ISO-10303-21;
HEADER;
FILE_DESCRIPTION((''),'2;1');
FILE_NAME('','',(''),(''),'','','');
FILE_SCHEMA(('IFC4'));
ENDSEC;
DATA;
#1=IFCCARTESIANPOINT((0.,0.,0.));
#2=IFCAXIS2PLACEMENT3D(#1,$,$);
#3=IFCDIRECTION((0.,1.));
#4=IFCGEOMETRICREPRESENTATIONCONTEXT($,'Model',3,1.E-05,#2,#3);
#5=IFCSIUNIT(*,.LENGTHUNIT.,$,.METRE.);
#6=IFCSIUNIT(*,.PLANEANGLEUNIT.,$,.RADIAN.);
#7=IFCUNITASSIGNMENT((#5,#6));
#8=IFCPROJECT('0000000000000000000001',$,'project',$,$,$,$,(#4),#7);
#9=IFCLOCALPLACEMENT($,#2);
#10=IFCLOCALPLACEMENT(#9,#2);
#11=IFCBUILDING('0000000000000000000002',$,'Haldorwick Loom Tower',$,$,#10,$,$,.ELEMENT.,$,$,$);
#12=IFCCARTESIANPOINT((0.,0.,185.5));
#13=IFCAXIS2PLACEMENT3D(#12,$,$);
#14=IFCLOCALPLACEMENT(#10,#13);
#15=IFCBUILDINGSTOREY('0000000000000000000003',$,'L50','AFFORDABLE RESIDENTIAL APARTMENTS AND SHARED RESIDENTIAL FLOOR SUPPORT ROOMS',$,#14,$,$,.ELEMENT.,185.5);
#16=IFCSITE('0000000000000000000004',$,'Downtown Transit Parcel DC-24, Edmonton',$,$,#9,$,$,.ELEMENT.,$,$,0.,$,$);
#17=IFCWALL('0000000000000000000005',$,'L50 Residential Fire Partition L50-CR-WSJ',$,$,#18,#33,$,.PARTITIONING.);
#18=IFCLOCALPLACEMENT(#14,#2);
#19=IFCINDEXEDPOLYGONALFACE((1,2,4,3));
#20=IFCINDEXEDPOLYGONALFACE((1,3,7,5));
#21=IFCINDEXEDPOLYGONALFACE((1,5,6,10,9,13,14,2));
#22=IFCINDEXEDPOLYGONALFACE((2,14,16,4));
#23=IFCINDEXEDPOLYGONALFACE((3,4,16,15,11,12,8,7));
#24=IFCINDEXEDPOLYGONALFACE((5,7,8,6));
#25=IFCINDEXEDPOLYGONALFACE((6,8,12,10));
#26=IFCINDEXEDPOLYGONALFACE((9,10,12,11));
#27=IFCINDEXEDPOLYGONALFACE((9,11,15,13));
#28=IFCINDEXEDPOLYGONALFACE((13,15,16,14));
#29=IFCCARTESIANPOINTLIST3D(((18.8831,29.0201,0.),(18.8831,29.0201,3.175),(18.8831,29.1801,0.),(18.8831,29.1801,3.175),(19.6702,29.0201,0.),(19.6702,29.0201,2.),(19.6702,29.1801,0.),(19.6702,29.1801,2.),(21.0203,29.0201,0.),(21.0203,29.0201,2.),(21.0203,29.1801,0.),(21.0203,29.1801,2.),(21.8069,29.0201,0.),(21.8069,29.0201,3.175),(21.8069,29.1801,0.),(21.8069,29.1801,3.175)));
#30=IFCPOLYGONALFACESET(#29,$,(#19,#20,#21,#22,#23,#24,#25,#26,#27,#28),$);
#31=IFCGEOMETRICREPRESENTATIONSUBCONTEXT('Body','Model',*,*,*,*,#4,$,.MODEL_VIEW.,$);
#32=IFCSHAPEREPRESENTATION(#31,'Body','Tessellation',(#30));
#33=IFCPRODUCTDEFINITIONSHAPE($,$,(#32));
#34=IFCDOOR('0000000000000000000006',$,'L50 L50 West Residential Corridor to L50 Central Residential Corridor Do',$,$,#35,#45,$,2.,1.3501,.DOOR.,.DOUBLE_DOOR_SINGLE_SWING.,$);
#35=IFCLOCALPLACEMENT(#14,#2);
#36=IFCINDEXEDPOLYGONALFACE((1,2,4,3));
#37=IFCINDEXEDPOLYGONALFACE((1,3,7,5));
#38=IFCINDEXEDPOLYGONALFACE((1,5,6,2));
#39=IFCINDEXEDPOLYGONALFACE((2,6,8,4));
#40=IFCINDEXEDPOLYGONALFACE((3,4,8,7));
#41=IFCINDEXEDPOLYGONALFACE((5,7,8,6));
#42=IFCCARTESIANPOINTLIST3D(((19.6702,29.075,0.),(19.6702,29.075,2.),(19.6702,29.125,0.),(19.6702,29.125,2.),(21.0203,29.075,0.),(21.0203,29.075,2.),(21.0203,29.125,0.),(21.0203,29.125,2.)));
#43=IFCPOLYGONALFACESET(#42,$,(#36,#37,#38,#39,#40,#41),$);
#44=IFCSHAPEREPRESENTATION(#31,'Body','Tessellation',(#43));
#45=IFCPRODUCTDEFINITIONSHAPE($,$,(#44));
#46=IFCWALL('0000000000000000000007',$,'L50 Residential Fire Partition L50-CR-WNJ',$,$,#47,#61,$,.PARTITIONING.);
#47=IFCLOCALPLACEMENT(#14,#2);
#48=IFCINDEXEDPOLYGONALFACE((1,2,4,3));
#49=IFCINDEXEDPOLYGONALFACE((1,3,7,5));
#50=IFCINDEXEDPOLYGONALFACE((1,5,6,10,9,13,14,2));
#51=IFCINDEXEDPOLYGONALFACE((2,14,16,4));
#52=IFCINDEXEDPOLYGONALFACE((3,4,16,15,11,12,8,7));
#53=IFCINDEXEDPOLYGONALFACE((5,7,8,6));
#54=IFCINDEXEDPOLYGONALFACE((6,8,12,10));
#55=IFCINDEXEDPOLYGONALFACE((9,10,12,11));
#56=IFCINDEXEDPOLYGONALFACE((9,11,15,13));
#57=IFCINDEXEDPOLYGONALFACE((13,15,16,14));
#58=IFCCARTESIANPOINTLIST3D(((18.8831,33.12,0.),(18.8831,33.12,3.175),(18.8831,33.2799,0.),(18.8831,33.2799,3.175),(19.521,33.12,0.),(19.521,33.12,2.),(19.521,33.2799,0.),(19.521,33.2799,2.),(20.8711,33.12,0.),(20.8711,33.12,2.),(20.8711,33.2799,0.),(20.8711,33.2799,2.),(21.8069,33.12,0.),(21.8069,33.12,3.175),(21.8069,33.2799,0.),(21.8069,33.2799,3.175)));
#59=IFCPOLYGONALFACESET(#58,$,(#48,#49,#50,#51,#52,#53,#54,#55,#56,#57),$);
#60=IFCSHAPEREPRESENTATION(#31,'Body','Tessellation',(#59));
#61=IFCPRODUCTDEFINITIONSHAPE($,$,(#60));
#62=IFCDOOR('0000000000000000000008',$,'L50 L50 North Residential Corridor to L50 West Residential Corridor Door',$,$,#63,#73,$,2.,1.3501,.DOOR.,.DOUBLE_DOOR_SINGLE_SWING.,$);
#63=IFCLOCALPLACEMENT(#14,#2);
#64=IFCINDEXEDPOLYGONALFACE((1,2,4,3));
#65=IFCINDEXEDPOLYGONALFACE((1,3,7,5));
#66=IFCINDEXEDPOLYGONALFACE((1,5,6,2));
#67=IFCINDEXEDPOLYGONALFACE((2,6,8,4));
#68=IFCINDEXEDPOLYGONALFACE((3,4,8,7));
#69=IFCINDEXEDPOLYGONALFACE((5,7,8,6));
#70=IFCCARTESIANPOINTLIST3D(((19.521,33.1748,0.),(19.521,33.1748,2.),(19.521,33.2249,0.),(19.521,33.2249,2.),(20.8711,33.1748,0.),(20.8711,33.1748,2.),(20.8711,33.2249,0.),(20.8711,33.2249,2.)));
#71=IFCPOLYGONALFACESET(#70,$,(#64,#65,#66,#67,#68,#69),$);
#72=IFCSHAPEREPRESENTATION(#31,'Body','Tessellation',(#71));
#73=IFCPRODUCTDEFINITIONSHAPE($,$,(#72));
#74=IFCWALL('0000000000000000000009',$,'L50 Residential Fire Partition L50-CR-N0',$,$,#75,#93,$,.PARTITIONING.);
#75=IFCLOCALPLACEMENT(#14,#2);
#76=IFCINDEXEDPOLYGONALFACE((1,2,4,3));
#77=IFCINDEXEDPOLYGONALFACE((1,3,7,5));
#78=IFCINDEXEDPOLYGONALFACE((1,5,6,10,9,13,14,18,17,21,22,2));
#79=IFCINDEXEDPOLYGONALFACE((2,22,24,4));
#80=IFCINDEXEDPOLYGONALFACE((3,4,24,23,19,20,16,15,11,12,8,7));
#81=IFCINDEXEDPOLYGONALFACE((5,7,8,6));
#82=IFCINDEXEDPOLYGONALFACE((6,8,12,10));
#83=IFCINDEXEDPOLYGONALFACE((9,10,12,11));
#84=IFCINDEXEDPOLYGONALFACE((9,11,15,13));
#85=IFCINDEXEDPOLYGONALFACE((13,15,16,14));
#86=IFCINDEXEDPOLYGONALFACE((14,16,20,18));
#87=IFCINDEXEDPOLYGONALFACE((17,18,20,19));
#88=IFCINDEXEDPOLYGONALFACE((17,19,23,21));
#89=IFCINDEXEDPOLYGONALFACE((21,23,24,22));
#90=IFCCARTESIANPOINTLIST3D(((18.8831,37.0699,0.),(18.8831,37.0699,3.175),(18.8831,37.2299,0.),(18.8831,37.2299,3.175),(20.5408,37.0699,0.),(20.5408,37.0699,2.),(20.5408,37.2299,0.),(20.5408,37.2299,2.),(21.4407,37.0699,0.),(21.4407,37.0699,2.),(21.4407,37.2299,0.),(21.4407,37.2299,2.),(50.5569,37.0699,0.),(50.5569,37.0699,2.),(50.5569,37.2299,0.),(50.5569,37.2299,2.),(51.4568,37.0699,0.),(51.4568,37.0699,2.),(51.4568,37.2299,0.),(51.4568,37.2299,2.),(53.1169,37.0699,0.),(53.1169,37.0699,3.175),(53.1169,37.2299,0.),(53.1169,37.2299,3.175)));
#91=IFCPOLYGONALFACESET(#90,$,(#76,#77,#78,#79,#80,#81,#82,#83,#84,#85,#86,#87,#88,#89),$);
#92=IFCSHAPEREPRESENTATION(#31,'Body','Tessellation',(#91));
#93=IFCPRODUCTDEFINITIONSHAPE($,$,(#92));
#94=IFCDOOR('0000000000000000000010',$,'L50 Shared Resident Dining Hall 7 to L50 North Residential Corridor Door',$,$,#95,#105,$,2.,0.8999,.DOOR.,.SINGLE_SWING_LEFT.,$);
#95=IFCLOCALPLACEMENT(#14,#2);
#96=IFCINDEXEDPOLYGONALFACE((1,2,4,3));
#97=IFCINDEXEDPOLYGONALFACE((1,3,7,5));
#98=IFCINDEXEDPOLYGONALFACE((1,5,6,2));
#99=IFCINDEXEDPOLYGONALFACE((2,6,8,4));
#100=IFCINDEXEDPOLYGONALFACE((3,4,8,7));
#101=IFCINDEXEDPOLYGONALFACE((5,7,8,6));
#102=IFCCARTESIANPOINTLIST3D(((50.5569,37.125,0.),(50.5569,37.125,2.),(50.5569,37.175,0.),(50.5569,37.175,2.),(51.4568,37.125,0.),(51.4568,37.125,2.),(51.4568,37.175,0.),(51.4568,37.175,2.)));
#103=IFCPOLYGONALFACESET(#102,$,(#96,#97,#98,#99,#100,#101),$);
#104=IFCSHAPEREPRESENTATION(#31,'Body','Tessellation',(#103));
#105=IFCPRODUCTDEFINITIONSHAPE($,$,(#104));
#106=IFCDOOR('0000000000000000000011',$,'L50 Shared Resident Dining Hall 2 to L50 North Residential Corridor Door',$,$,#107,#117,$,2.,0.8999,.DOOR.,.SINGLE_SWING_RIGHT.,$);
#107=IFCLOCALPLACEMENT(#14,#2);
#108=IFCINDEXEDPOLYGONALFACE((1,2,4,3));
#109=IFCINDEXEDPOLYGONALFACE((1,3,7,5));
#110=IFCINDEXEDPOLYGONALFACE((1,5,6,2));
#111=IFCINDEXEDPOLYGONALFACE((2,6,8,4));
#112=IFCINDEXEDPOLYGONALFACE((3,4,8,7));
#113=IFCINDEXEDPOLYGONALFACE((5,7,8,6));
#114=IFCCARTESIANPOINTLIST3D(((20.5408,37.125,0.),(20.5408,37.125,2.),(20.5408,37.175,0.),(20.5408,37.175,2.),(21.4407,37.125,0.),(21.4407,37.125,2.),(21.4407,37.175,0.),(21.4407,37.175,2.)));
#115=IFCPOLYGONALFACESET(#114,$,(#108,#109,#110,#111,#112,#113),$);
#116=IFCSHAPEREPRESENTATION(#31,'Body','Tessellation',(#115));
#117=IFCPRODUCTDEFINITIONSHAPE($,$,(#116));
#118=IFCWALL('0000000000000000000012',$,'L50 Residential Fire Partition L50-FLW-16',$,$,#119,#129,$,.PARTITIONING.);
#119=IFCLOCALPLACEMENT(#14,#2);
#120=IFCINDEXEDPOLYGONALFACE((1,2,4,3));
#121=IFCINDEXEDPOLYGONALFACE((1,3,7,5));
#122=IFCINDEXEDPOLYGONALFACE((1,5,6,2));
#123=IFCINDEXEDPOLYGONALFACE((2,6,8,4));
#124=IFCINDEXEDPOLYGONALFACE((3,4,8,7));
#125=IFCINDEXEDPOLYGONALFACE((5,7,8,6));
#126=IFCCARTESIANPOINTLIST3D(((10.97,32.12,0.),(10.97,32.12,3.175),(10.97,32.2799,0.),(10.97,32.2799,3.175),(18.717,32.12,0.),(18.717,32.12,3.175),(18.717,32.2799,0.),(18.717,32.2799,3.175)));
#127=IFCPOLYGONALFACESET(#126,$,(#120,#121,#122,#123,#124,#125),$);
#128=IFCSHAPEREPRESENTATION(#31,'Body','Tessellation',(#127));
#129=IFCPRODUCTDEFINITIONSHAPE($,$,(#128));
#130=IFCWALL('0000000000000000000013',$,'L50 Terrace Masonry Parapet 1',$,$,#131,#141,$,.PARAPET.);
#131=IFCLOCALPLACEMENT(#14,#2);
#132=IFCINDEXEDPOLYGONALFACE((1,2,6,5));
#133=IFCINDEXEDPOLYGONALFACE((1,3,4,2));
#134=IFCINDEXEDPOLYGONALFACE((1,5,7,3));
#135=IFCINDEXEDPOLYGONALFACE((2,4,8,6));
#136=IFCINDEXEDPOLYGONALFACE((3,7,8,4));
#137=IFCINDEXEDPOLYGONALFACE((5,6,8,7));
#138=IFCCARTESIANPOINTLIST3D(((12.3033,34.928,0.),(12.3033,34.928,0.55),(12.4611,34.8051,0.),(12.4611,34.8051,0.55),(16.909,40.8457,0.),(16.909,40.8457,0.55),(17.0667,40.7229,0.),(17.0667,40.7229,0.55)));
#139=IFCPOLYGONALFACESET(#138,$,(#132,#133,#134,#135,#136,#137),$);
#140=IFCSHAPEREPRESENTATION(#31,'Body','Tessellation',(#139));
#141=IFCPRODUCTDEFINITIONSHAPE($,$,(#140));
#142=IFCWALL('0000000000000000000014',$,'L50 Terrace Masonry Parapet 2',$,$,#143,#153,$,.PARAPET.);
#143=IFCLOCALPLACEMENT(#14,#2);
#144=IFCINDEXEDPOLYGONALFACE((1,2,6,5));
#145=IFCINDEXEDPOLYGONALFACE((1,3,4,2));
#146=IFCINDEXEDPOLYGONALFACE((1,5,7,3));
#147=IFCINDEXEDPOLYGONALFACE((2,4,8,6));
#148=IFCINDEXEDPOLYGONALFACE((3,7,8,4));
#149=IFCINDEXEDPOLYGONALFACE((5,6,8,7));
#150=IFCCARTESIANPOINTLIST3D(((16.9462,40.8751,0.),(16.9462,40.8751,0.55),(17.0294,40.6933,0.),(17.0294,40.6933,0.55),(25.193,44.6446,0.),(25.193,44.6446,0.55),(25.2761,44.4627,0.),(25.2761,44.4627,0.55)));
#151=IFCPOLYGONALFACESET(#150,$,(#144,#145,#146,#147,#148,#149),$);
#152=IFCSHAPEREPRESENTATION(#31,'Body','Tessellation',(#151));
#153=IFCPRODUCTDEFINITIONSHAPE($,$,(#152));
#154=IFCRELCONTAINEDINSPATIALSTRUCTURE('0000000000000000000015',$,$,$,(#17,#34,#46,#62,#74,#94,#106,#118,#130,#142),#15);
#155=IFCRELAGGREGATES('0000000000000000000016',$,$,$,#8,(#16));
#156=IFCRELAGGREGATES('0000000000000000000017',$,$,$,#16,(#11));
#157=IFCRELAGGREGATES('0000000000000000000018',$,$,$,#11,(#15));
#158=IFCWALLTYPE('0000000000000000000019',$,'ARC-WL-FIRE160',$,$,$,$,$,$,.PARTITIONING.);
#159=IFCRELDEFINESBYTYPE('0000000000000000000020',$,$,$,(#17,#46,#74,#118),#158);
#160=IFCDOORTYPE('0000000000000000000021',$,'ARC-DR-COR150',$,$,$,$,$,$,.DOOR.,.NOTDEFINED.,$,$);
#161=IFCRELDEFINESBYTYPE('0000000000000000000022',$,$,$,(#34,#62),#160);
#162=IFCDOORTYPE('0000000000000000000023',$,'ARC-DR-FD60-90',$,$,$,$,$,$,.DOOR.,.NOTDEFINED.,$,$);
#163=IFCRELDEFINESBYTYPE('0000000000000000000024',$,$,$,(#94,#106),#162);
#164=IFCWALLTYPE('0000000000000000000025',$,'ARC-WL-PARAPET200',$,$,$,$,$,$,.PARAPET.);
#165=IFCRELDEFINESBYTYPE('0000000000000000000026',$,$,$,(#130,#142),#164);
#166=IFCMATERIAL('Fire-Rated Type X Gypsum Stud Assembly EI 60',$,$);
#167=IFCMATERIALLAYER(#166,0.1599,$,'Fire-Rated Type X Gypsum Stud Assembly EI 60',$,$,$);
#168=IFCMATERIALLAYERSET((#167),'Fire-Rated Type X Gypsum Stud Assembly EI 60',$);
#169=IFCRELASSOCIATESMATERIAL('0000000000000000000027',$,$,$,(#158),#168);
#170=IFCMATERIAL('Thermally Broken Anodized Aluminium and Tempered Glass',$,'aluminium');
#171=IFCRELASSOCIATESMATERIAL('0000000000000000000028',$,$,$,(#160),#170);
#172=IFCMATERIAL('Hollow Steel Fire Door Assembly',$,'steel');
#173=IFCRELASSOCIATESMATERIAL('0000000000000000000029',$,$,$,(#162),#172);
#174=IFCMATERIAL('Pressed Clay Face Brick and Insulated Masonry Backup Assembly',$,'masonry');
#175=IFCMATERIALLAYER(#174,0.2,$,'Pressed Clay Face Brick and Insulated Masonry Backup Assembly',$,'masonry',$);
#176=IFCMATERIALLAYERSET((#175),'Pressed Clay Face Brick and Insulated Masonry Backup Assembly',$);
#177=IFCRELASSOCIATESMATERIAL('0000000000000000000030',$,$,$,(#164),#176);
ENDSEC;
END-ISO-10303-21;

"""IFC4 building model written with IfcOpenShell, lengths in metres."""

from ifc_helpers import new_model, si_unit, direction, frame, frame_2d, origin, place, context, subcontext, project, spatial, rectangle, extrude, material, layer, layer_set, type_object, element, fill, save


model = new_model("IFC4")

# Units and contexts
model_context = context("Model", 3, precision=1e-05, world=origin(), true_north=direction((0.0, 1.0)))
body_context = subcontext(model_context, "Body", "Model", "MODEL_VIEW")
ifc_project = project(units=[si_unit("LENGTHUNIT", "METRE"), si_unit("PLANEANGLEUNIT", "RADIAN")], contexts=[model_context])

# Site, building, storey
site_placement = place(None, origin())
site = spatial("IfcSite", under=ifc_project, at=site_placement, Name="Downtown Transit Parcel DC-24, Edmonton", CompositionType="ELEMENT", RefElevation=0.0)
building_placement = place(site_placement, origin())
building = spatial("IfcBuilding", under=site, at=building_placement, Name="Haldorwick Loom Tower", CompositionType="ELEMENT")
storey_placement = place(building_placement, frame((0.0, 0.0, 185.5)))
storey = spatial("IfcBuildingStorey", under=building, at=storey_placement, Name="L50", Description="AFFORDABLE RESIDENTIAL APARTMENTS AND SHARED RESIDENTIAL FLOOR SUPPORT ROOMS", CompositionType="ELEMENT", Elevation=185.5)

# Shared definitions
ifc_material_1 = material(Name="Pressed Clay Face Brick and Insulated Masonry Backup Assembly", Category="masonry")

# Walls, openings, doors
ifc_material_2 = material(Name="Fire-Rated Type X Gypsum Stud Assembly EI 60")
ifc_layer_1 = layer(ifc_material_2, 0.1599, Name="Fire-Rated Type X Gypsum Stud Assembly EI 60")
ifc_layer_set_1 = layer_set([ifc_layer_1], Name="Fire-Rated Type X Gypsum Stud Assembly EI 60")
wall_type_1 = type_object("IfcWallType", Name="ARC-WL-FIRE160", PredefinedType="PARTITIONING", material=ifc_layer_set_1)
wall_1_placement = place(storey_placement, frame((18.8831, 29.1001, 0.0), z_axis=(0.0, 0.0, 1.0), x_axis=(1.0, 0.0, 0.0)))
wall_1 = element("IfcWall", 1, at=wall_1_placement, inside=storey, type_object=wall_type_1, Name="L50 Residential Fire Partition L50-CR-WSJ", PredefinedType="PARTITIONING", context=body_context, shape_type="SweptSolid", body=[
    extrude(rectangle(XDim=2.9238, YDim=0.1599, at=frame_2d((1.4619, 0.0))), origin(), (0.0, 0.0, 1.0), 3.175),
])
opening_1_placement = place(wall_1_placement, frame((0.7871, 0.0, 0.0)))
opening_1 = element("IfcOpeningElement", 2, at=opening_1_placement, cuts=wall_1, PredefinedType="OPENING", context=body_context, shape_type="SweptSolid", body=[
    extrude(rectangle(XDim=1.3501, YDim=2.0, at=frame_2d((0.675, 1.0))), frame((0.0, 0.0898, 0.0), z_axis=(0.0, -1.0, 0.0), x_axis=(1.0, 0.0, 0.0)), (0.0, 0.0, 1.0), 0.1799),
])
ifc_material_3 = material(Name="Thermally Broken Anodized Aluminium and Tempered Glass", Category="aluminium")
door_type_1 = type_object("IfcDoorType", Name="ARC-DR-COR150", OperationType="NOTDEFINED", PredefinedType="DOOR", material=ifc_material_3)
door_1_placement = place(opening_1_placement, origin())
door_1 = element("IfcDoor", 3, at=door_1_placement, inside=storey, type_object=door_type_1, Name="L50 L50 West Residential Corridor to L50 Central Residential Corridor Do", OperationType="DOUBLE_DOOR_SINGLE_SWING", OverallHeight=2.0, OverallWidth=1.3501, PredefinedType="DOOR", context=body_context, shape_type="SweptSolid", body=[
    extrude(rectangle(XDim=1.3501, YDim=2.0, at=frame_2d((0.675, 1.0))), frame((0.0, 0.0249, 0.0), z_axis=(0.0, -1.0, 0.0), x_axis=(1.0, 0.0, 0.0)), (0.0, 0.0, 1.0), 0.05),
])
fill(opening_1, door_1)
wall_2_placement = place(storey_placement, frame((18.8831, 33.2, 0.0), z_axis=(0.0, 0.0, 1.0), x_axis=(1.0, 0.0, 0.0)))
wall_2 = element("IfcWall", 4, at=wall_2_placement, inside=storey, type_object=wall_type_1, Name="L50 Residential Fire Partition L50-CR-WNJ", PredefinedType="PARTITIONING", context=body_context, shape_type="SweptSolid", body=[
    extrude(rectangle(XDim=2.9238, YDim=0.1599, at=frame_2d((1.4619, 0.0))), origin(), (0.0, 0.0, 1.0), 3.175),
])
opening_2_placement = place(wall_2_placement, frame((0.6379, 0.0, 0.0)))
opening_2 = element("IfcOpeningElement", 5, at=opening_2_placement, cuts=wall_2, PredefinedType="OPENING", context=body_context, shape_type="SweptSolid", body=[
    extrude(rectangle(XDim=1.3501, YDim=2.0, at=frame_2d((0.675, 1.0))), frame((0.0, 0.0898, 0.0), z_axis=(0.0, -1.0, 0.0), x_axis=(1.0, 0.0, 0.0)), (0.0, 0.0, 1.0), 0.1799),
])
door_2_placement = place(opening_2_placement, origin())
door_2 = element("IfcDoor", 6, at=door_2_placement, inside=storey, type_object=door_type_1, Name="L50 L50 North Residential Corridor to L50 West Residential Corridor Door", OperationType="DOUBLE_DOOR_SINGLE_SWING", OverallHeight=2.0, OverallWidth=1.3501, PredefinedType="DOOR", context=body_context, shape_type="SweptSolid", body=[
    extrude(rectangle(XDim=1.3501, YDim=2.0, at=frame_2d((0.675, 1.0))), frame((0.0, 0.0249, 0.0), z_axis=(0.0, -1.0, 0.0), x_axis=(1.0, 0.0, 0.0)), (0.0, 0.0, 1.0), 0.05),
])
fill(opening_2, door_2)

# Wall, openings, doors
wall_3_placement = place(storey_placement, frame((18.8831, 37.1499, 0.0), z_axis=(0.0, 0.0, 1.0), x_axis=(1.0, 0.0, 0.0)))
wall_3 = element("IfcWall", 7, at=wall_3_placement, inside=storey, type_object=wall_type_1, Name="L50 Residential Fire Partition L50-CR-N0", PredefinedType="PARTITIONING", context=body_context, shape_type="SweptSolid", body=[
    extrude(rectangle(XDim=34.2339, YDim=0.1599, at=frame_2d((17.1169, 0.0))), origin(), (0.0, 0.0, 1.0), 3.175),
])
opening_3_placement = place(wall_3_placement, frame((31.6738, 0.0, 0.0)))
opening_3 = element("IfcOpeningElement", 8, at=opening_3_placement, cuts=wall_3, PredefinedType="OPENING", context=body_context, shape_type="SweptSolid", body=[
    extrude(rectangle(XDim=0.8999, YDim=2.0, at=frame_2d((0.45, 1.0))), frame((0.0, 0.0898, 0.0), z_axis=(0.0, -1.0, 0.0), x_axis=(1.0, 0.0, 0.0)), (0.0, 0.0, 1.0), 0.1799),
])
opening_4_placement = place(wall_3_placement, frame((1.6577, 0.0, 0.0)))
opening_4 = element("IfcOpeningElement", 9, at=opening_4_placement, cuts=wall_3, PredefinedType="OPENING", context=body_context, shape_type="SweptSolid", body=[
    extrude(rectangle(XDim=0.8999, YDim=2.0, at=frame_2d((0.45, 1.0))), frame((0.0, 0.0898, 0.0), z_axis=(0.0, -1.0, 0.0), x_axis=(1.0, 0.0, 0.0)), (0.0, 0.0, 1.0), 0.1799),
])
ifc_material_4 = material(Name="Hollow Steel Fire Door Assembly", Category="steel")
door_type_2 = type_object("IfcDoorType", Name="ARC-DR-FD60-90", OperationType="NOTDEFINED", PredefinedType="DOOR", material=ifc_material_4)
door_3_placement = place(opening_3_placement, frame((0.8999, 0.0, 0.0), z_axis=(0.0, 0.0, 1.0), x_axis=(-1.0, 0.0, 0.0)))
door_3 = element("IfcDoor", 10, at=door_3_placement, inside=storey, type_object=door_type_2, Name="L50 Shared Resident Dining Hall 7 to L50 North Residential Corridor Door", OperationType="SINGLE_SWING_LEFT", OverallHeight=2.0, OverallWidth=0.8999, PredefinedType="DOOR", context=body_context, shape_type="SweptSolid", body=[
    extrude(rectangle(XDim=0.8999, YDim=2.0, at=frame_2d((0.45, 1.0))), frame((0.0, 0.0249, 0.0), z_axis=(0.0, -1.0, 0.0), x_axis=(1.0, 0.0, 0.0)), (0.0, 0.0, 1.0), 0.05),
])
fill(opening_3, door_3)
door_4_placement = place(opening_4_placement, frame((0.8999, 0.0, 0.0), z_axis=(0.0, 0.0, 1.0), x_axis=(-1.0, 0.0, 0.0)))
door_4 = element("IfcDoor", 11, at=door_4_placement, inside=storey, type_object=door_type_2, Name="L50 Shared Resident Dining Hall 2 to L50 North Residential Corridor Door", OperationType="SINGLE_SWING_RIGHT", OverallHeight=2.0, OverallWidth=0.8999, PredefinedType="DOOR", context=body_context, shape_type="SweptSolid", body=[
    extrude(rectangle(XDim=0.8999, YDim=2.0, at=frame_2d((0.45, 1.0))), frame((0.0, 0.0249, 0.0), z_axis=(0.0, -1.0, 0.0), x_axis=(1.0, 0.0, 0.0)), (0.0, 0.0, 1.0), 0.05),
])
fill(opening_4, door_4)

# Walls
wall_4_placement = place(storey_placement, frame((10.97, 32.2, 0.0), z_axis=(0.0, 0.0, 1.0), x_axis=(1.0, 0.0, 0.0)))
element("IfcWall", 12, at=wall_4_placement, inside=storey, type_object=wall_type_1, Name="L50 Residential Fire Partition L50-FLW-16", PredefinedType="PARTITIONING", context=body_context, shape_type="SweptSolid", body=[
    extrude(rectangle(XDim=7.7471, YDim=0.1599, at=frame_2d((3.8735, 0.0))), origin(), (0.0, 0.0, 1.0), 3.175),
])
ifc_layer_2 = layer(ifc_material_1, 0.2, Name="Pressed Clay Face Brick and Insulated Masonry Backup Assembly", Category="masonry")
ifc_layer_set_2 = layer_set([ifc_layer_2], Name="Pressed Clay Face Brick and Insulated Masonry Backup Assembly")
wall_type_2 = type_object("IfcWallType", Name="ARC-WL-PARAPET200", PredefinedType="PARAPET", material=ifc_layer_set_2)
wall_5_placement = place(storey_placement, frame((12.3821, 34.8665, 0.0), z_axis=(0.0, 0.0, 1.0), x_axis=(0.614193, 0.789156, 0.0)))
element("IfcWall", 13, at=wall_5_placement, inside=storey, type_object=wall_type_2, Name="L50 Terrace Masonry Parapet 1", PredefinedType="PARAPET", context=body_context, shape_type="SweptSolid", body=[
    extrude(rectangle(XDim=7.4988, YDim=0.2, at=frame_2d((3.7495, 0.0))), origin(), (0.0, 0.0, 1.0), 0.55),
])
wall_6_placement = place(storey_placement, frame((16.9878, 40.7842, 0.0), z_axis=(0.0, 0.0, 1.0), x_axis=(0.909493, 0.415719, 0.0)))
element("IfcWall", 14, at=wall_6_placement, inside=storey, type_object=wall_type_2, Name="L50 Terrace Masonry Parapet 2", PredefinedType="PARAPET", context=body_context, shape_type="SweptSolid", body=[
    extrude(rectangle(XDim=9.0674, YDim=0.2, at=frame_2d((4.5337, 0.0))), origin(), (0.0, 0.0, 1.0), 0.55),
])

save(model, "model.ifc")
